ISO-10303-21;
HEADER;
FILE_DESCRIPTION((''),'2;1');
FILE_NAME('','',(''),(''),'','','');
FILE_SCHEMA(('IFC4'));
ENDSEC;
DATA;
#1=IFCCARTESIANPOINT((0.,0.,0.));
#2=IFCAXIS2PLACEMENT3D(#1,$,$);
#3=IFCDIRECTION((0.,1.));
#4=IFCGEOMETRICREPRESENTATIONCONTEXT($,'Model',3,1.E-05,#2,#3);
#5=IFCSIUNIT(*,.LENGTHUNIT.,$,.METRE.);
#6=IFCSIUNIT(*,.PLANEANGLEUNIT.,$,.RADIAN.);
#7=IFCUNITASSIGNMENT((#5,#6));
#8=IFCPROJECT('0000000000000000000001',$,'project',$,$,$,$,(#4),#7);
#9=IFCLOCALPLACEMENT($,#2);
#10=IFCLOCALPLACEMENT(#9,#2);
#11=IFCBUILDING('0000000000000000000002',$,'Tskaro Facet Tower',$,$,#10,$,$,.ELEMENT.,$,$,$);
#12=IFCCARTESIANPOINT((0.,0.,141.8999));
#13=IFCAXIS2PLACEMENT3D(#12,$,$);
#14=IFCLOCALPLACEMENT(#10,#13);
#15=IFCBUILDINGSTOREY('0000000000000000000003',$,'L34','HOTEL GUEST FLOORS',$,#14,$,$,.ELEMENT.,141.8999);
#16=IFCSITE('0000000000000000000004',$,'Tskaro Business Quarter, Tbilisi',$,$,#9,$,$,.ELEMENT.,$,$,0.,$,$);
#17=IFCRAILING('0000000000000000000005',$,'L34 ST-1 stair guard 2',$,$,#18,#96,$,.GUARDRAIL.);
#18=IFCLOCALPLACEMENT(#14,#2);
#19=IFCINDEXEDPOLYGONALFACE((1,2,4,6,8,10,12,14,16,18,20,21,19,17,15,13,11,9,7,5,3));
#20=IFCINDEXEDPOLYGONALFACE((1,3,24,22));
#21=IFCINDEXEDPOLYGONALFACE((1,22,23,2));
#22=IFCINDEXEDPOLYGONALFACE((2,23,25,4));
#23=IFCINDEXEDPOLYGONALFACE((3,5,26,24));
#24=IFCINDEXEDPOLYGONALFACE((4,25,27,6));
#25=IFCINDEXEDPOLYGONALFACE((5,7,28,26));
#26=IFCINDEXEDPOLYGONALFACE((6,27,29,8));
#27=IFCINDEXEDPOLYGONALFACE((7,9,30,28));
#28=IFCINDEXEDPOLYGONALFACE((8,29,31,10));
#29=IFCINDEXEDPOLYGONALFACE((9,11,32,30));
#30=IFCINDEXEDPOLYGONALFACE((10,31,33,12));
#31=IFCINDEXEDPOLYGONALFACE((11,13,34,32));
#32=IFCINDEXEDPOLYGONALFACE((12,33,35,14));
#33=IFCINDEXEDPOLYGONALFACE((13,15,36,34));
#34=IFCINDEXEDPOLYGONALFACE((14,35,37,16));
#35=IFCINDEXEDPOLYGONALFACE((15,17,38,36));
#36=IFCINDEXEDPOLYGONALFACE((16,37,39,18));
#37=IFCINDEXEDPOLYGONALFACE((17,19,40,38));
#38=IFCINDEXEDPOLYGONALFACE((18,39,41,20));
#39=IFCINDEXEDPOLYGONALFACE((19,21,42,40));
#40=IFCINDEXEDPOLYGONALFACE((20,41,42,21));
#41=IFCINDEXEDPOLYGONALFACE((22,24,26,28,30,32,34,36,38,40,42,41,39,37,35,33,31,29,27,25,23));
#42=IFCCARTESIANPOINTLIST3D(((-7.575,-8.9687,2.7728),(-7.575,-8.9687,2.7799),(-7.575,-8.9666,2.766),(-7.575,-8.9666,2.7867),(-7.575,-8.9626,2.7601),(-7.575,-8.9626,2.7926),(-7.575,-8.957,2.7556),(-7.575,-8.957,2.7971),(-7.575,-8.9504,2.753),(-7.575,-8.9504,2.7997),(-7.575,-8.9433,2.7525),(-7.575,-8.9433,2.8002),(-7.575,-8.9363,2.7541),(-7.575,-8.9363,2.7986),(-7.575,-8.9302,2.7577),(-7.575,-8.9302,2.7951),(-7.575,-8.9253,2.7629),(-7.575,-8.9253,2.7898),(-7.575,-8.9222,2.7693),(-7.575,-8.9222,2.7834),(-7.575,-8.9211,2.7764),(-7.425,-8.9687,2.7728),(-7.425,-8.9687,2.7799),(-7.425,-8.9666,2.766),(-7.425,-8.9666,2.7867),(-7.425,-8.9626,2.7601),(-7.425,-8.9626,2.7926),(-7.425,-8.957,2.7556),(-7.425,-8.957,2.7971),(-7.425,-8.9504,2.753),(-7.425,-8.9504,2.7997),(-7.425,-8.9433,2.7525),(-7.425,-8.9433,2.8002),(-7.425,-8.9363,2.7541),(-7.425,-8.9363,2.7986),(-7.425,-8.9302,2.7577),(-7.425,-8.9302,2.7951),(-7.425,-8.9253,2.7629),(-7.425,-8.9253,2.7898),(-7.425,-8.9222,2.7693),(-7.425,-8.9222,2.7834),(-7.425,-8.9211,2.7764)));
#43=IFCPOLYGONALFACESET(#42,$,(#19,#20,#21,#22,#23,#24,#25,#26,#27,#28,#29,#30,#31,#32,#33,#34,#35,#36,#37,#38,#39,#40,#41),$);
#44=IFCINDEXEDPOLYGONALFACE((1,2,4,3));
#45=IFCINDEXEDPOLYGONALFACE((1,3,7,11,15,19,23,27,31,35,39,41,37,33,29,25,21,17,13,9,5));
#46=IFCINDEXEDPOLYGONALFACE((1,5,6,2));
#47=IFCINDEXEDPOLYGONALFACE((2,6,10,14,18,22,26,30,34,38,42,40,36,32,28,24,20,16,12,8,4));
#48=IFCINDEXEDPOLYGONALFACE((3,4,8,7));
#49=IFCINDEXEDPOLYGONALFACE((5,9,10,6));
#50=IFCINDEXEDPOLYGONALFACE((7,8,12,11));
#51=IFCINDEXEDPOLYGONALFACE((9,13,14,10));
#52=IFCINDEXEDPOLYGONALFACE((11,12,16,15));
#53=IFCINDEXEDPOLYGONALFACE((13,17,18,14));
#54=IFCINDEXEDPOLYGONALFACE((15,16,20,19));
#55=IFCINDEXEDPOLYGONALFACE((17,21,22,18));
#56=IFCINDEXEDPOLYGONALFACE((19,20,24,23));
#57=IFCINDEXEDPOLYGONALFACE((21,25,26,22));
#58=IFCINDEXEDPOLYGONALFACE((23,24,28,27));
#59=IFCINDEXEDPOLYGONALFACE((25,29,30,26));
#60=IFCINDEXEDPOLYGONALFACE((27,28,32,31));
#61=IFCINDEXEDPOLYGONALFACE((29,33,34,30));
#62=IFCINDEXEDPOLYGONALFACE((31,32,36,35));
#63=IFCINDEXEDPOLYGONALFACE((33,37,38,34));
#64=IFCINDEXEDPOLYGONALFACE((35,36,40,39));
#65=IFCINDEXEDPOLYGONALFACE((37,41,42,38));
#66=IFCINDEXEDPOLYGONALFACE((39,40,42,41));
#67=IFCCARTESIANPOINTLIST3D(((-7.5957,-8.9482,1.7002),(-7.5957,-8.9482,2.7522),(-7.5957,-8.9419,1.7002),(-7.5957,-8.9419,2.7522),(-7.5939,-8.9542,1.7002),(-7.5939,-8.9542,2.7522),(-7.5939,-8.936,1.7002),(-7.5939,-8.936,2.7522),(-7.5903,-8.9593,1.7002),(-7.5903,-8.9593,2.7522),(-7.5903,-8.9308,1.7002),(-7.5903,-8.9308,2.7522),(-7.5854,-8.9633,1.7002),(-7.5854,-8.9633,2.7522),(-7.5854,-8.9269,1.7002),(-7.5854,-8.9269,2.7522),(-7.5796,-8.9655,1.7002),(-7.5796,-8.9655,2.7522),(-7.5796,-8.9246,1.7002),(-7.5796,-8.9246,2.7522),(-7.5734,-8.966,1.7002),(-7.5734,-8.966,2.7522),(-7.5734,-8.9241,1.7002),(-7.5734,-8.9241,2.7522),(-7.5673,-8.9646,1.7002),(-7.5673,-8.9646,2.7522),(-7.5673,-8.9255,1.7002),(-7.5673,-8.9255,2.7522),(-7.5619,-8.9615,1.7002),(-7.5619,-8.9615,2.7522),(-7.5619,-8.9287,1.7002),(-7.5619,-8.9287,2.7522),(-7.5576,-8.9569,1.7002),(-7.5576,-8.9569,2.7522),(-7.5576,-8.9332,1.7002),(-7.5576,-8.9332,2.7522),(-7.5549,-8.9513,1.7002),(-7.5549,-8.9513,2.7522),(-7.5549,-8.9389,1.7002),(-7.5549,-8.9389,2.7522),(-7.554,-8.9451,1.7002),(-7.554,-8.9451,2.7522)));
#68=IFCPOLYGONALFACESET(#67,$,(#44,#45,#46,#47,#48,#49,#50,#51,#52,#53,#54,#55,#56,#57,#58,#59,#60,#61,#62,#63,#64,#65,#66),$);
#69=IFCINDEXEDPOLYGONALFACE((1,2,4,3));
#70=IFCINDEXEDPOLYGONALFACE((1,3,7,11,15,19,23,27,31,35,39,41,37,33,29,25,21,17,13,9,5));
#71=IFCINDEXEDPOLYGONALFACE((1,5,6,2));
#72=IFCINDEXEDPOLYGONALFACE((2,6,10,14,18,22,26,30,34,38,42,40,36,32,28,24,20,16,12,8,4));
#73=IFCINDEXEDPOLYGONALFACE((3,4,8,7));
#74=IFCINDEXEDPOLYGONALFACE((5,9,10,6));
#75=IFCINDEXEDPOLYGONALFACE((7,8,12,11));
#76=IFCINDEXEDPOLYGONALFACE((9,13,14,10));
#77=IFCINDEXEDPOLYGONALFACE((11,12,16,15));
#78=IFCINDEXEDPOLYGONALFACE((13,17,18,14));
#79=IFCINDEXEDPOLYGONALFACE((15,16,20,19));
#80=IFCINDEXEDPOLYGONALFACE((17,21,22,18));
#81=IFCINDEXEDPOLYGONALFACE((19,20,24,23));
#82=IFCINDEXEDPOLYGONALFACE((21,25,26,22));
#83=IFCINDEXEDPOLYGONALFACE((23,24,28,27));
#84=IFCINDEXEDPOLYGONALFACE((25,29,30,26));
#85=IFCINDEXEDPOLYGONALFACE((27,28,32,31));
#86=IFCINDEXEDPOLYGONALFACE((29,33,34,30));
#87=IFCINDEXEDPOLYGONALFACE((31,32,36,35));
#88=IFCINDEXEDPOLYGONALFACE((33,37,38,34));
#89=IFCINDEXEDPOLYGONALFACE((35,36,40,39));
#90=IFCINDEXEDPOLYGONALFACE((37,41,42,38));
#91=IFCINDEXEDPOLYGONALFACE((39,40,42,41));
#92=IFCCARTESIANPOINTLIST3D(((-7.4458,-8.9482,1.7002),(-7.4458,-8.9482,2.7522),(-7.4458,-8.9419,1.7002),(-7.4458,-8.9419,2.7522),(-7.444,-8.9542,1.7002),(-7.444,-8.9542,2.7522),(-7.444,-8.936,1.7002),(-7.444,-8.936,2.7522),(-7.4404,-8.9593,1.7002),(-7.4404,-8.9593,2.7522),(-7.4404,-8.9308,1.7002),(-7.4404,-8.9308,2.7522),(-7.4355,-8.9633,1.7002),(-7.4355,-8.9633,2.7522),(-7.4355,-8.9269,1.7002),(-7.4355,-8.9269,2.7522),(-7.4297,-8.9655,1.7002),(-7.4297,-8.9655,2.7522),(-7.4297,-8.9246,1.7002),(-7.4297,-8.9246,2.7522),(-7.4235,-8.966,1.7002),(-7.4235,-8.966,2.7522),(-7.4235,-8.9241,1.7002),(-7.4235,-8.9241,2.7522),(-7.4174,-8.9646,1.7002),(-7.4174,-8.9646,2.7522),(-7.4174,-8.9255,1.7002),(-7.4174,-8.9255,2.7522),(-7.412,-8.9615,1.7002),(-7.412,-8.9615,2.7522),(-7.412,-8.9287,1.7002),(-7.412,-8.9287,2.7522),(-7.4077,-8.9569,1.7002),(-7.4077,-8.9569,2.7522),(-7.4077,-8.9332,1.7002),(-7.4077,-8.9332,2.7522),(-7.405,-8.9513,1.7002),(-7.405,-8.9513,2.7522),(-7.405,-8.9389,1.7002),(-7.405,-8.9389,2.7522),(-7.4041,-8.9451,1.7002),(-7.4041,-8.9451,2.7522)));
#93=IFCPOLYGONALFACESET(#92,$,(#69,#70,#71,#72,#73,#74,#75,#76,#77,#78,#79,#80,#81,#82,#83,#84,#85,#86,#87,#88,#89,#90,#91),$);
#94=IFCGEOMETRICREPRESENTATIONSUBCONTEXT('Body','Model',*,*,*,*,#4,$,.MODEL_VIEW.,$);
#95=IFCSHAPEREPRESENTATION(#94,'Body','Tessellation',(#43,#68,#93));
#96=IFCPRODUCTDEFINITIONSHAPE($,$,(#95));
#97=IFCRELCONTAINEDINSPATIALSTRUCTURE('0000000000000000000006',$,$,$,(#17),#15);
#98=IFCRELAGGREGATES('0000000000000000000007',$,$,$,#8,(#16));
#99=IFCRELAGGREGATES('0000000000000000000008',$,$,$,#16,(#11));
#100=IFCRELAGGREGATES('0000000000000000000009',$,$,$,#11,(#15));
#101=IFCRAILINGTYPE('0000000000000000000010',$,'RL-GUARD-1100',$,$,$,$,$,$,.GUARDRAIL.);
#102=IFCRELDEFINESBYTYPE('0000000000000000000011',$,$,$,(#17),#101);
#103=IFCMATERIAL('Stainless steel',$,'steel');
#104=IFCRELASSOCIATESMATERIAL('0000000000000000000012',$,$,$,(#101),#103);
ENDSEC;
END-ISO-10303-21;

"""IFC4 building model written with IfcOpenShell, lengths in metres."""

from ifc_helpers import new_model, si_unit, direction, frame, origin, origin_2d, place, context, subcontext, project, spatial, circle, extrude, material, type_object, element, save


model = new_model("IFC4")

# Units and contexts
model_context = context("Model", 3, precision=1e-05, world=origin(), true_north=direction((0.0, 1.0)))
body_context = subcontext(model_context, "Body", "Model", "MODEL_VIEW")
ifc_project = project(units=[si_unit("LENGTHUNIT", "METRE"), si_unit("PLANEANGLEUNIT", "RADIAN")], contexts=[model_context])

# Site, building, storey
site_placement = place(None, origin())
site = spatial("IfcSite", under=ifc_project, at=site_placement, Name="Tskaro Business Quarter, Tbilisi", CompositionType="ELEMENT", RefElevation=0.0)
building_placement = place(site_placement, origin())
building = spatial("IfcBuilding", under=site, at=building_placement, Name="Tskaro Facet Tower", CompositionType="ELEMENT")
storey_placement = place(building_placement, frame((0.0, 0.0, 141.8999)))
storey = spatial("IfcBuildingStorey", under=building, at=storey_placement, Name="L34", Description="HOTEL GUEST FLOORS", CompositionType="ELEMENT", Elevation=141.8999)

# Shared definitions
ifc_material_1 = material(Name="Stainless steel", Category="steel")

# Railing
railing_type_1 = type_object("IfcRailingType", Name="RL-GUARD-1100", PredefinedType="GUARDRAIL", material=ifc_material_1)
railing_1_placement = place(storey_placement, frame((-7.575, -8.9451, 1.7002)))
element("IfcRailing", 1, at=railing_1_placement, inside=storey, type_object=railing_type_1, Name="L34 ST-1 stair guard 2", PredefinedType="GUARDRAIL", context=body_context, shape_type="SweptSolid", body=[
    extrude(circle(Radius=0.0239, at=origin_2d()), frame((0.0, 0.0, 1.0762), z_axis=(1.0, 0.0, 0.0), x_axis=(0.0, 1.0, 0.0)), (0.0, 0.0, 1.0), 0.1499),
    extrude(circle(Radius=0.021, at=origin_2d()), origin(), (0.0, 0.0, 1.0), 1.052),
    extrude(circle(Radius=0.021, at=origin_2d()), frame((0.1499, 0.0, 0.0)), (0.0, 0.0, 1.0), 1.052),
])

save(model, "model.ifc")
